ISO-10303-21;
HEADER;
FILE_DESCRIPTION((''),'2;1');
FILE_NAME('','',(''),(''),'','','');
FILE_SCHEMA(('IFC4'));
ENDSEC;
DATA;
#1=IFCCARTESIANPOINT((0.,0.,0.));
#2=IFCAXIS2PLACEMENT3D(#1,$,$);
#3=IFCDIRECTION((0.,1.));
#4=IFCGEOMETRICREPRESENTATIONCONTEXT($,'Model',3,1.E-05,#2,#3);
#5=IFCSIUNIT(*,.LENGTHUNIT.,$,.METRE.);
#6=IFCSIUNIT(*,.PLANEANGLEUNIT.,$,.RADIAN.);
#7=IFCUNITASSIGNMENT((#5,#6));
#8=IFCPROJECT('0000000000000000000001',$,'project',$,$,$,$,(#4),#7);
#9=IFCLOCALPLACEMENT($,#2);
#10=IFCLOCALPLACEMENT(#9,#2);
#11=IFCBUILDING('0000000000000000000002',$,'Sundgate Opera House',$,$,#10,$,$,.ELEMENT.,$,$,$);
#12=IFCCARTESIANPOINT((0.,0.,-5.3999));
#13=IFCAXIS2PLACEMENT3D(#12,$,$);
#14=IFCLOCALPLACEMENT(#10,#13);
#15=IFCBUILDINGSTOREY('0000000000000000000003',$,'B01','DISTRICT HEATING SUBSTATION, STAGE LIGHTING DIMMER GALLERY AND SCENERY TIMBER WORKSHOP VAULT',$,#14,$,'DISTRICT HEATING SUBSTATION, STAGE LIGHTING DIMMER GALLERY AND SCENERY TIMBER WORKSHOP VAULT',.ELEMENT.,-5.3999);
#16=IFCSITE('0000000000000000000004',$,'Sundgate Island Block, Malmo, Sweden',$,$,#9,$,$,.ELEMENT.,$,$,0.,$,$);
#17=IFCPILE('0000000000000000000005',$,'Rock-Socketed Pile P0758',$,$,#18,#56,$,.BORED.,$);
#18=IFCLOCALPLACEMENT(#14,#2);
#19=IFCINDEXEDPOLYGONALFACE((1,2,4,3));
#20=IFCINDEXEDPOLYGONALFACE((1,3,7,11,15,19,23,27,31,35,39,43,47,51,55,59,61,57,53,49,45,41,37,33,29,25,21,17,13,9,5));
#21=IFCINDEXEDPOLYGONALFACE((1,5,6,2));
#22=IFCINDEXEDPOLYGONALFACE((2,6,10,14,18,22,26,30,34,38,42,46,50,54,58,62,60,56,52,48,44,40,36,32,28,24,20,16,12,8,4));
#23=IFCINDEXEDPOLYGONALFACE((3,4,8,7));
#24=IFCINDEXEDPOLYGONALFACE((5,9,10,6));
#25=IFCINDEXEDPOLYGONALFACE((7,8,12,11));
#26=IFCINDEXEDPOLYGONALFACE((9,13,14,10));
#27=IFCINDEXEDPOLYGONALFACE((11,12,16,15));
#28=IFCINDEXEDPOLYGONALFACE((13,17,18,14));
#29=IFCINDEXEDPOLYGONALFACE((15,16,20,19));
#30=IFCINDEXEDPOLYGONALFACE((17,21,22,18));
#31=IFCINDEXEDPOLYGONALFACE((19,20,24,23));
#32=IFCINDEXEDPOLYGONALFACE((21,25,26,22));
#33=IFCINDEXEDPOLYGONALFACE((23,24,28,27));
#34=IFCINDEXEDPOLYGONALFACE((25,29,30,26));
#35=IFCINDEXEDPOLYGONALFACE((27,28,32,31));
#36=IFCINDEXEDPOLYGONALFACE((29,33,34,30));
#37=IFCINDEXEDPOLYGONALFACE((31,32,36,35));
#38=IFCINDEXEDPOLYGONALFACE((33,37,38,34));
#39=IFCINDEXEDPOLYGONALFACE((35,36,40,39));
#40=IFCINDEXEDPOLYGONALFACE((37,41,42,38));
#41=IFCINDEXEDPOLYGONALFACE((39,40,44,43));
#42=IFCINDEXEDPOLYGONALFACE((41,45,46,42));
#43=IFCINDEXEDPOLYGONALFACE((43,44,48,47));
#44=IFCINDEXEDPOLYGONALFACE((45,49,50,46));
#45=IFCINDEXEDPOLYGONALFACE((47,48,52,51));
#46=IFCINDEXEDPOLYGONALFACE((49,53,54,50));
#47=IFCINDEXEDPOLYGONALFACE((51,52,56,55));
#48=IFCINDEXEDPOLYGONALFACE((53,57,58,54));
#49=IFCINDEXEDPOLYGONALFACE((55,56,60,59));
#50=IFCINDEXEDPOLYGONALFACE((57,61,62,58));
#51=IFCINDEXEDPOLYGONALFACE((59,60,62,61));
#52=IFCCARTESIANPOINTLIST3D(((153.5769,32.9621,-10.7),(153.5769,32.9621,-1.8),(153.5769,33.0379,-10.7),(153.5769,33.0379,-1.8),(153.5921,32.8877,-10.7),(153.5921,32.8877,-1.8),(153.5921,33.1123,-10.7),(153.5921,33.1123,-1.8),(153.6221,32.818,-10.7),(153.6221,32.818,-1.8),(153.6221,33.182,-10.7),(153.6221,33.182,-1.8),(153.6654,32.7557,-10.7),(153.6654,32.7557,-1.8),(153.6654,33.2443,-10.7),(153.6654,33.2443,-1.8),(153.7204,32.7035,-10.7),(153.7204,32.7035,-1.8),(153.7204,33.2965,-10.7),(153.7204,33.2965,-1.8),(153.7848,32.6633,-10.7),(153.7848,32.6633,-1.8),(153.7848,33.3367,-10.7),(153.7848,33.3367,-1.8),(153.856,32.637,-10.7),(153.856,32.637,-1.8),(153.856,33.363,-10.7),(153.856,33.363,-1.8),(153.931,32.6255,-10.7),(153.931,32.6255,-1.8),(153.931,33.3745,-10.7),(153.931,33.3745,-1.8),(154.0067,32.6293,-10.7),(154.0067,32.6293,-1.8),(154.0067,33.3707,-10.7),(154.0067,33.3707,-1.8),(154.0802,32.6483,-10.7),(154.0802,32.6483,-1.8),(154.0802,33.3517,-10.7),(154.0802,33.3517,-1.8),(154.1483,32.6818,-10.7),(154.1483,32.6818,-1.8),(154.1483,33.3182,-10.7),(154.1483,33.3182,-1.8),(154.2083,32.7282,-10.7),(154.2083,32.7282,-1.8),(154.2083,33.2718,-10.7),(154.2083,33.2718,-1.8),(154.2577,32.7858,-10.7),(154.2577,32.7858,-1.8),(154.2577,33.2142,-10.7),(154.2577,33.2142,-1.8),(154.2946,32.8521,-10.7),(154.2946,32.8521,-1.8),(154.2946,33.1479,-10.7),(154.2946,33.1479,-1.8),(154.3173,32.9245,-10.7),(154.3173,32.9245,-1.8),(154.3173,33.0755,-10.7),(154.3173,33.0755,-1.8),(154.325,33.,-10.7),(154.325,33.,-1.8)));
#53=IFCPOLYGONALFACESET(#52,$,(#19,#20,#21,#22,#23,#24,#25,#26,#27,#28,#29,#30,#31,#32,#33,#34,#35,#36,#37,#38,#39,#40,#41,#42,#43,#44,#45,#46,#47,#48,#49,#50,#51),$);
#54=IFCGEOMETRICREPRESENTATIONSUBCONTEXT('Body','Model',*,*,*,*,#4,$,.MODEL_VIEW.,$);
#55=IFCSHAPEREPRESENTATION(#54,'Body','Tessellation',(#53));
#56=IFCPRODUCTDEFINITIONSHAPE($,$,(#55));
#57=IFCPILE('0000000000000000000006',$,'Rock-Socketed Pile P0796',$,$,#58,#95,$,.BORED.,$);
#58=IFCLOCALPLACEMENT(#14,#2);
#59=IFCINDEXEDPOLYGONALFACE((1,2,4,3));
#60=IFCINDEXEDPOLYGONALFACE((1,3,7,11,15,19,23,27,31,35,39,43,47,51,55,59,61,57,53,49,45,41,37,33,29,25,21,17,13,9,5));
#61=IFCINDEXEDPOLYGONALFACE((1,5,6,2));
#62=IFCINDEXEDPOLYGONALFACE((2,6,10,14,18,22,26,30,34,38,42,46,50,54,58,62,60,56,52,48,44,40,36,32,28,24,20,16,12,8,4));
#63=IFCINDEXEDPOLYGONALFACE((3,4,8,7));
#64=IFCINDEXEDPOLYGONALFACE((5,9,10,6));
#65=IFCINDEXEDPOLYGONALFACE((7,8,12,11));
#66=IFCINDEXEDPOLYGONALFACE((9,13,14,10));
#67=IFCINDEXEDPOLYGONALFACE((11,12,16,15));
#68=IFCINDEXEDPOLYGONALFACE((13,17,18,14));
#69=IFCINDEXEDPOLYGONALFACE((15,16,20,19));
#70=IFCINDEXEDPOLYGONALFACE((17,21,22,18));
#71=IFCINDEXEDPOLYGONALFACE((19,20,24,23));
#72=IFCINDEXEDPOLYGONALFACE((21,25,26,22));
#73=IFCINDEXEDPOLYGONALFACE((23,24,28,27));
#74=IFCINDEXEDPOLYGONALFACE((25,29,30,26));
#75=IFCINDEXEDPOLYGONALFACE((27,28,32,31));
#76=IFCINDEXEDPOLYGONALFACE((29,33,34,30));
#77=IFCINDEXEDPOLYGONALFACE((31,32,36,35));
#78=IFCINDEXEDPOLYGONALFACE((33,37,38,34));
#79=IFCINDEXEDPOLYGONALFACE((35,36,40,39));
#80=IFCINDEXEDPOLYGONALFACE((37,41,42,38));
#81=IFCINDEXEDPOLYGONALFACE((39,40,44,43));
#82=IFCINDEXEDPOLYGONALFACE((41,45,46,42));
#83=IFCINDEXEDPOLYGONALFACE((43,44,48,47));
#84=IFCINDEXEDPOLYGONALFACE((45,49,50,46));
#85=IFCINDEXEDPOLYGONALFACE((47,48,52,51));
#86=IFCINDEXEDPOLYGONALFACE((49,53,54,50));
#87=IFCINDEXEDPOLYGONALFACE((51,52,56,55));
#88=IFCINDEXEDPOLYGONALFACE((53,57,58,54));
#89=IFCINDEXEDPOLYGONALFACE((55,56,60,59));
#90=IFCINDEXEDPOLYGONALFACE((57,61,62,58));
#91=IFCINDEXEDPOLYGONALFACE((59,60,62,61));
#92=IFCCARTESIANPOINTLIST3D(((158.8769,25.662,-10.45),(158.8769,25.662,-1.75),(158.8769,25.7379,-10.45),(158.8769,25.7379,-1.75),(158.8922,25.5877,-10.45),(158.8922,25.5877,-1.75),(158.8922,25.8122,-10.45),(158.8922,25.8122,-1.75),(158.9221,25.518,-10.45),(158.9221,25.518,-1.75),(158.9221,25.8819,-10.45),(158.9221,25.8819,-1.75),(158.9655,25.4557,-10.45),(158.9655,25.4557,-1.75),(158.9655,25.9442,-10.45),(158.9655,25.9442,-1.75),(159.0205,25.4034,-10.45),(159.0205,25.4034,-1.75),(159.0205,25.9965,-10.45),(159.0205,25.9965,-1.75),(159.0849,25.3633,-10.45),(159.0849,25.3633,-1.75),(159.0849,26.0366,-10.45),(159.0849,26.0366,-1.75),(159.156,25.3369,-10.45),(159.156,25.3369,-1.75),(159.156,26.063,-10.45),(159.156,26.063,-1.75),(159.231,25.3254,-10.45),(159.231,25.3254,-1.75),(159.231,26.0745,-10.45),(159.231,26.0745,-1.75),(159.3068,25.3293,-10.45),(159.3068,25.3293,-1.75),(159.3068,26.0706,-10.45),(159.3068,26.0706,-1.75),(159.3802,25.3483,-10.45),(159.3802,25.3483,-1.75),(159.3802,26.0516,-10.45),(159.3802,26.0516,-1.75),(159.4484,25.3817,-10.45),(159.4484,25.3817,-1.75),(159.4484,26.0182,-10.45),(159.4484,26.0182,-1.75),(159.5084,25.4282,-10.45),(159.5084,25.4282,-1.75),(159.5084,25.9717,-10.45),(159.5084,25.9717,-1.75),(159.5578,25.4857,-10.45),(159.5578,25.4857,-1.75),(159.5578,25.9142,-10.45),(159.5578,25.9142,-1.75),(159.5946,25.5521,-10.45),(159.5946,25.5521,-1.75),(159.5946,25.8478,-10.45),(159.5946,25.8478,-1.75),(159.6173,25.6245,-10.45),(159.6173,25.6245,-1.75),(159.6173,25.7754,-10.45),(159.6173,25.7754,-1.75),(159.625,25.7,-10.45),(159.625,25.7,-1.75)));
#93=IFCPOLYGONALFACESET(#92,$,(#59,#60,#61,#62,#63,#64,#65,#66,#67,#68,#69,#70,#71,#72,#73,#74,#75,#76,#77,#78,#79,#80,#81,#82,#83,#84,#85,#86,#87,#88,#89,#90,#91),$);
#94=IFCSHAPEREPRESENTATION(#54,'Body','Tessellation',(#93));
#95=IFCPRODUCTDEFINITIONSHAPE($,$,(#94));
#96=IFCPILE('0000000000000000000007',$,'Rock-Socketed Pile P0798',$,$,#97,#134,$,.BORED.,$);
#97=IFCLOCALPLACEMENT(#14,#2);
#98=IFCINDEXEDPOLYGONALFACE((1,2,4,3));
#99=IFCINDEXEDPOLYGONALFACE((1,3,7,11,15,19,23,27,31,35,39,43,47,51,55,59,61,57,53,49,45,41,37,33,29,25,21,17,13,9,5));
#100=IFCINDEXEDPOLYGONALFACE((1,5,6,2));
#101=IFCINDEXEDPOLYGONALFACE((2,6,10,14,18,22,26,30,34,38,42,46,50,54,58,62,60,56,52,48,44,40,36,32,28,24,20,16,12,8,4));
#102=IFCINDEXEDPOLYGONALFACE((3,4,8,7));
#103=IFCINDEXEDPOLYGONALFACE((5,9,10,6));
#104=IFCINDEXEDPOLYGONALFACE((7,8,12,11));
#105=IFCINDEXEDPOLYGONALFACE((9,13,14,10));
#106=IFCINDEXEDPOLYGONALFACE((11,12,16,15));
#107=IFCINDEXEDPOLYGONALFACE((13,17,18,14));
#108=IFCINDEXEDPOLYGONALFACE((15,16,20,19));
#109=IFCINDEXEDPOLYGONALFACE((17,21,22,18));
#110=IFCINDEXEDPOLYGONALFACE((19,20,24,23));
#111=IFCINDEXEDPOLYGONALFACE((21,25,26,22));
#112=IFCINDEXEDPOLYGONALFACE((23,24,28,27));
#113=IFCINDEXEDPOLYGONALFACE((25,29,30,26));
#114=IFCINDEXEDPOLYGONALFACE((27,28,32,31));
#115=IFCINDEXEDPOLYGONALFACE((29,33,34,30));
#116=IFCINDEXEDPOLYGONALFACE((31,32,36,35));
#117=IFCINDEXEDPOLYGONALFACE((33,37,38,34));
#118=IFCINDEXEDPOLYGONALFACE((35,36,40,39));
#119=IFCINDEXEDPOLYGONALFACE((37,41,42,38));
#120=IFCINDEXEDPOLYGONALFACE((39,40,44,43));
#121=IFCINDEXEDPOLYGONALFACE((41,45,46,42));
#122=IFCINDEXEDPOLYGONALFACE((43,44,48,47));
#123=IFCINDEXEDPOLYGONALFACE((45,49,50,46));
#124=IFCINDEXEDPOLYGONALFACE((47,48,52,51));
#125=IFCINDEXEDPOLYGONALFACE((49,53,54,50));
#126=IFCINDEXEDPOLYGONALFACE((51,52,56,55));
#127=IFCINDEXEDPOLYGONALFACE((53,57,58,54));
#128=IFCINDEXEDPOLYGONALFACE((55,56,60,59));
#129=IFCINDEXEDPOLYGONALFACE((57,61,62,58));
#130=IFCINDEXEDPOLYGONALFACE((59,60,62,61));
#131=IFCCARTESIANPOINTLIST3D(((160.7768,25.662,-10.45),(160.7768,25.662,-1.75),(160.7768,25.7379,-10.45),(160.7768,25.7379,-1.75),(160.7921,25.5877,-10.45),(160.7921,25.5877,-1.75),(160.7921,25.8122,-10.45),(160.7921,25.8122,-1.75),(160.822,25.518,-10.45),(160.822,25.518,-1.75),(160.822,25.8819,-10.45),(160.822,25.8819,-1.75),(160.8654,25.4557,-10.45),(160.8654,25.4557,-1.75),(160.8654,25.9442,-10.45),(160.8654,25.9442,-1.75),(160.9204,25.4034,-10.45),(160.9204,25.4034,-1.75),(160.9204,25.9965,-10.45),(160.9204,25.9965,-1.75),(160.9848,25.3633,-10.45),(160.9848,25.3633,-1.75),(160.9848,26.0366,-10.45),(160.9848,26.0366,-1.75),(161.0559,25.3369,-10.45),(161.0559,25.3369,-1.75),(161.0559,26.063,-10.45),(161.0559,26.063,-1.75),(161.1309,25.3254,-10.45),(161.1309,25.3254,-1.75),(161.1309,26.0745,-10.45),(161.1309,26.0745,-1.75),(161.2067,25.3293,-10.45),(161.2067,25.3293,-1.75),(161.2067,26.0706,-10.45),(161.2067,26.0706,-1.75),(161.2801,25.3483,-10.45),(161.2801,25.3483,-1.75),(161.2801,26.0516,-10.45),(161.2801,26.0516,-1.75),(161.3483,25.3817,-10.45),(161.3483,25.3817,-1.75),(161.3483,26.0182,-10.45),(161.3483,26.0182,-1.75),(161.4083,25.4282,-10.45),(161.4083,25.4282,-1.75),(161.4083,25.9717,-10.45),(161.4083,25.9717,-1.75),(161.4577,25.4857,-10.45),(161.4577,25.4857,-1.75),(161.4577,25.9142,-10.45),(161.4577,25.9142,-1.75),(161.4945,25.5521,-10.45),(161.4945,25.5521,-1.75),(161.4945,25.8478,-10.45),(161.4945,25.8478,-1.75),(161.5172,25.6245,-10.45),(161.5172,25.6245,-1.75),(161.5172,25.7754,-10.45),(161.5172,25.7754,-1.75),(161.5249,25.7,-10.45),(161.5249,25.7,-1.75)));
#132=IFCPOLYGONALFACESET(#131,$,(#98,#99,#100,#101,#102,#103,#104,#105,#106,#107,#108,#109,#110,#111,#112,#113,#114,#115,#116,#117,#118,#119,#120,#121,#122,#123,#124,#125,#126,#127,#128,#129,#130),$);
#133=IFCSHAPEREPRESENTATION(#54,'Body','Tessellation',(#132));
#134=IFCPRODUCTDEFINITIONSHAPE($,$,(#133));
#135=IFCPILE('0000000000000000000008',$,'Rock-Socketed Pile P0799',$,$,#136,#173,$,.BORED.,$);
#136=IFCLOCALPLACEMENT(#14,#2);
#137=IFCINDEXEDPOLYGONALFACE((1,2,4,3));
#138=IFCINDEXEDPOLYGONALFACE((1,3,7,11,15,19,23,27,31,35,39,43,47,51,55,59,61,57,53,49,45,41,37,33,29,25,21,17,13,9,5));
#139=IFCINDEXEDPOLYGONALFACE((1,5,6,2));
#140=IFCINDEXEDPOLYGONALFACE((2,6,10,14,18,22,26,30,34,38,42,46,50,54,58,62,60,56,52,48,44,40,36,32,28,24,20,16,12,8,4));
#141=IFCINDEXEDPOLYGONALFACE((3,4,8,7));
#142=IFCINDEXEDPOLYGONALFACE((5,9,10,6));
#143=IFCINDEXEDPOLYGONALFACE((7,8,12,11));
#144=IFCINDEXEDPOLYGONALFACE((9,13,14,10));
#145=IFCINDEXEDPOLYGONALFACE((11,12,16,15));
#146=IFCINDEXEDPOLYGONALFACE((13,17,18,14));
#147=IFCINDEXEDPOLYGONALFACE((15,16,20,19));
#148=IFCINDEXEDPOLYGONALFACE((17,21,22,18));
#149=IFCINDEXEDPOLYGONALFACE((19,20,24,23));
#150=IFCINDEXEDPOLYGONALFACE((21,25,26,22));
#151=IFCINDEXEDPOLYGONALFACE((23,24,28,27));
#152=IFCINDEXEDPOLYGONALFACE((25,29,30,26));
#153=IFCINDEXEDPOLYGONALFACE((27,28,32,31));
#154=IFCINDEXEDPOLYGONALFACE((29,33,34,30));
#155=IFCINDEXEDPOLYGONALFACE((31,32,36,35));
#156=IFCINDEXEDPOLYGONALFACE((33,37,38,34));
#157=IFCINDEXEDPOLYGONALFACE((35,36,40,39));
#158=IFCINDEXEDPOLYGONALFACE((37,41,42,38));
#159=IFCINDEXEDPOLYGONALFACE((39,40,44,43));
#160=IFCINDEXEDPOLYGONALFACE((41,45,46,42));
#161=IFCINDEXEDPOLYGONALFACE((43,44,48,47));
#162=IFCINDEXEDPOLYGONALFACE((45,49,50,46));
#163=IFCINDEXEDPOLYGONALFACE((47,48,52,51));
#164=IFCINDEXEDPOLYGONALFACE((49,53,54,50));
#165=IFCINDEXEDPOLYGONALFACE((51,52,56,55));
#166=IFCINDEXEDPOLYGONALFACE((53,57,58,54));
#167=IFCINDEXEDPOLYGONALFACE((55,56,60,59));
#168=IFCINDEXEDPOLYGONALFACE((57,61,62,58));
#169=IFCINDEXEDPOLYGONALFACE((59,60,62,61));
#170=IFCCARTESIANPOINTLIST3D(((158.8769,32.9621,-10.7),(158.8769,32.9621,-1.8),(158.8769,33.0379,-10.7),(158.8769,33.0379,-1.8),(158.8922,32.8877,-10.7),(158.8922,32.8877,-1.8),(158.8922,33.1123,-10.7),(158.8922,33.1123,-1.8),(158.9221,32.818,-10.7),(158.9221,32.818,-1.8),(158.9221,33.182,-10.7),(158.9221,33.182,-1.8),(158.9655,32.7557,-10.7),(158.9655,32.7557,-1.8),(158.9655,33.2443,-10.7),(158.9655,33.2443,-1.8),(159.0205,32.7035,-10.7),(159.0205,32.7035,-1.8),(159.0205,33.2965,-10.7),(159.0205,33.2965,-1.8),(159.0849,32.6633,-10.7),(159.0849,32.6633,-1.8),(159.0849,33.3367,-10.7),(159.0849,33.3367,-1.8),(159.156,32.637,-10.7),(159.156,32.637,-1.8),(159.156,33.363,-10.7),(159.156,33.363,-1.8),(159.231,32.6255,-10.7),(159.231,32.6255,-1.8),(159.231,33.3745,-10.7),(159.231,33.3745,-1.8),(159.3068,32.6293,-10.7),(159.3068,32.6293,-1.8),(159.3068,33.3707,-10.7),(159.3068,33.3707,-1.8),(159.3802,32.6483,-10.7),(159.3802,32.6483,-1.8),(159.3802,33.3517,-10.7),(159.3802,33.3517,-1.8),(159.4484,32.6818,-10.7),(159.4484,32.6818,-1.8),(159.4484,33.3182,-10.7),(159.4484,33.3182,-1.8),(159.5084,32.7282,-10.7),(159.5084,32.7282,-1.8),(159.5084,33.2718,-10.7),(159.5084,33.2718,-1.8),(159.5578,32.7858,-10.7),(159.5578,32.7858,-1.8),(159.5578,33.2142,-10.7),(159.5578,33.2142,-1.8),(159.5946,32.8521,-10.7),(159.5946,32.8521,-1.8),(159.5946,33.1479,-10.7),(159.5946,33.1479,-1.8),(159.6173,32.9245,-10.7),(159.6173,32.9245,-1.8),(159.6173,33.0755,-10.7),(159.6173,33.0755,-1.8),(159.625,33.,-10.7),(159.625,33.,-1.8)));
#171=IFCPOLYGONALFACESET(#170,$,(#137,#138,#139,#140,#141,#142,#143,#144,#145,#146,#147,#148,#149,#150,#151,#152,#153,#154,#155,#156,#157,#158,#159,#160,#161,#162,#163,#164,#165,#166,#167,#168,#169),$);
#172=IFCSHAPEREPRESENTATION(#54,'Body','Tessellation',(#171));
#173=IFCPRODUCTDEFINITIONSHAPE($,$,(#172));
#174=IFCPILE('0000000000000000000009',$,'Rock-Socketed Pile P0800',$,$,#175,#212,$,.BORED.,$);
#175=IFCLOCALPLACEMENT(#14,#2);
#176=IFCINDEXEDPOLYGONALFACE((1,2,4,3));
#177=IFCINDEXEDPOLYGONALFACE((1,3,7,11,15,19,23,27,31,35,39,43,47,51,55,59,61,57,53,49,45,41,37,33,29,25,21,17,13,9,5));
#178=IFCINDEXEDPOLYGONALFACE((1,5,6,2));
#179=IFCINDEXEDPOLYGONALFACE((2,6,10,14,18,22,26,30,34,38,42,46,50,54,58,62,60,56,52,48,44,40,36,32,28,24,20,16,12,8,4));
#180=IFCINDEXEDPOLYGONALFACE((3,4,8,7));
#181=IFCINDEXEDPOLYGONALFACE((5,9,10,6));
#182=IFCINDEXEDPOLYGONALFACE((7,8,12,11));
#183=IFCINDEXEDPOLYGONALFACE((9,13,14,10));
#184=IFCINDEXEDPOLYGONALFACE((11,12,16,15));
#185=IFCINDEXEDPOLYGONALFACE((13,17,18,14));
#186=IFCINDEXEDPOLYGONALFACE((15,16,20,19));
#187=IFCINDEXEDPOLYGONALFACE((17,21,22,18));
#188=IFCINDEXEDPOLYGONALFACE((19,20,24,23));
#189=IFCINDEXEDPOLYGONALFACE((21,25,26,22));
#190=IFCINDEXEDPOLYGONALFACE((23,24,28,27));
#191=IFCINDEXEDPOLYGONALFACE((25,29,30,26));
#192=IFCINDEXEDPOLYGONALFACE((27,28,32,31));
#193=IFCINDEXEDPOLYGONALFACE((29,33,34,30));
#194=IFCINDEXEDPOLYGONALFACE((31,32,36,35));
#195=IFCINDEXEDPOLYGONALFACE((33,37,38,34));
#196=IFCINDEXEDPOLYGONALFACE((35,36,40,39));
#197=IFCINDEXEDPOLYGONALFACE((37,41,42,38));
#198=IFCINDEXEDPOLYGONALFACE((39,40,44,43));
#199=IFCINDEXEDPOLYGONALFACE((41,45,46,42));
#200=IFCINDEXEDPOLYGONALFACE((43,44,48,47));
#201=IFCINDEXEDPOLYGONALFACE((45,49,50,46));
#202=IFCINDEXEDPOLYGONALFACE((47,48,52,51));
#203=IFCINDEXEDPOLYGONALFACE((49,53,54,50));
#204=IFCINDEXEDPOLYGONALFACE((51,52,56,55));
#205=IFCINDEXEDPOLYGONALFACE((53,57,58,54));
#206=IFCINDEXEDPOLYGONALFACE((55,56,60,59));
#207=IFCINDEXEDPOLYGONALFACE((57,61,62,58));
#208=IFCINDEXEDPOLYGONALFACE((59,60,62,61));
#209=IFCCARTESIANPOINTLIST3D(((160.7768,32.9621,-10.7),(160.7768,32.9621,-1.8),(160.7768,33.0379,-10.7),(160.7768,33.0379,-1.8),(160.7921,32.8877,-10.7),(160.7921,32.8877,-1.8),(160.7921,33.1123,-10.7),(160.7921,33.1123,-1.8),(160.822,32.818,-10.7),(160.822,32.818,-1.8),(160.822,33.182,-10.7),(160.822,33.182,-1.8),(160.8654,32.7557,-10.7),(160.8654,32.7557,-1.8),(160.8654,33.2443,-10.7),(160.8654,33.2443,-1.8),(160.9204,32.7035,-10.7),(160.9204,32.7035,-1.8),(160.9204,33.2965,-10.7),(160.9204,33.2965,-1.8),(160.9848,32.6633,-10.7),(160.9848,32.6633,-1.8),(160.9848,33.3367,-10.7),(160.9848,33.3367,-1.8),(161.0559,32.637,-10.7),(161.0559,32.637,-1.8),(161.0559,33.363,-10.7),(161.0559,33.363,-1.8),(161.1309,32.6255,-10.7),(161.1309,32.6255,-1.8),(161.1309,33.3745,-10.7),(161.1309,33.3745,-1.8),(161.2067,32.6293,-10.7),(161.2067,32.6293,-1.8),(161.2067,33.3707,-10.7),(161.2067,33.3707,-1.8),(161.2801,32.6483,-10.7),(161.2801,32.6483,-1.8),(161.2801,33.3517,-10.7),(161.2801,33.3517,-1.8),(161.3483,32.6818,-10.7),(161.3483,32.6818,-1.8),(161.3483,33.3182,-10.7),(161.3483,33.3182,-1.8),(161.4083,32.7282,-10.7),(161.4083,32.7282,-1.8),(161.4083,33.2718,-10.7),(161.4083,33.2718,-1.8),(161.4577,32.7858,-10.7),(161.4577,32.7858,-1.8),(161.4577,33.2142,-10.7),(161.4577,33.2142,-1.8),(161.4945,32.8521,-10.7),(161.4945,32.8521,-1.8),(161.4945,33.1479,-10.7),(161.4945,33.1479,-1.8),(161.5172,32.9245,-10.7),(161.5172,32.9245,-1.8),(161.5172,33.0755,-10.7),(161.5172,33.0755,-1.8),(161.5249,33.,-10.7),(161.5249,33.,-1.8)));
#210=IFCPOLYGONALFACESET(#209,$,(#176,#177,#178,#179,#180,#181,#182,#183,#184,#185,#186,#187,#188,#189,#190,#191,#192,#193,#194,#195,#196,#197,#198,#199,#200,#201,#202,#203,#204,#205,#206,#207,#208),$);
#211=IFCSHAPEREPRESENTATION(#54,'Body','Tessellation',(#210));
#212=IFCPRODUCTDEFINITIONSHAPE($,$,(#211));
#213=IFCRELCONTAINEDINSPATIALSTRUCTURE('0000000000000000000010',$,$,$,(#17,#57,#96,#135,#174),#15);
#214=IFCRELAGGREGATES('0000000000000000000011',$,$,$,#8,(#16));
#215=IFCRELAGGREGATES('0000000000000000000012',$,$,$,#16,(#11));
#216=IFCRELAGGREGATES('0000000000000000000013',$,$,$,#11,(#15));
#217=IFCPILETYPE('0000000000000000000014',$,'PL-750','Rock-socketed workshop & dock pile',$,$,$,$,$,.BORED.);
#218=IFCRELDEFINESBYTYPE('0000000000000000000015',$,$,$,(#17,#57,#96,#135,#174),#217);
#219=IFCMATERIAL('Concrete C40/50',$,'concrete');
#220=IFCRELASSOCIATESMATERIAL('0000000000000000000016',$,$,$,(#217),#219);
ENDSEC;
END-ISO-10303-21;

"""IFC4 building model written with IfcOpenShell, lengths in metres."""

from ifc_helpers import new_model, si_unit, direction, frame, origin, origin_2d, place, context, subcontext, project, spatial, circle, extrude, material, material_profile, profile_set, type_object, element, save


model = new_model("IFC4")

# Units and contexts
model_context = context("Model", 3, precision=1e-05, world=origin(), true_north=direction((0.0, 1.0)))
body_context = subcontext(model_context, "Body", "Model", "MODEL_VIEW")
ifc_project = project(units=[si_unit("LENGTHUNIT", "METRE"), si_unit("PLANEANGLEUNIT", "RADIAN")], contexts=[model_context])

# Site, building, storey
site_placement = place(None, origin())
site = spatial("IfcSite", under=ifc_project, at=site_placement, Name="Sundgate Island Block, Malmo, Sweden", CompositionType="ELEMENT", RefElevation=0.0)
building_placement = place(site_placement, origin())
building = spatial("IfcBuilding", under=site, at=building_placement, Name="Sundgate Opera House", CompositionType="ELEMENT")
storey_placement = place(building_placement, frame((0.0, 0.0, -5.3999)))
storey = spatial("IfcBuildingStorey", under=building, at=storey_placement, Name="B01", Description="DISTRICT HEATING SUBSTATION, STAGE LIGHTING DIMMER GALLERY AND SCENERY TIMBER WORKSHOP VAULT", LongName="DISTRICT HEATING SUBSTATION, STAGE LIGHTING DIMMER GALLERY AND SCENERY TIMBER WORKSHOP VAULT", CompositionType="ELEMENT", Elevation=-5.3999)

# Piles
ifc_material_1 = material(Name="Concrete C40/50", Category="concrete")
ifc_material_profile_1 = material_profile(ifc_material_1, circle(Radius=0.375, at=origin_2d()), Name="PILE D750")
ifc_profile_set_1 = profile_set([ifc_material_profile_1], Name="Concrete C40/50")
pile_type = type_object("IfcPileType", Name="PL-750", Description="Rock-socketed workshop & dock pile", PredefinedType="BORED", material=ifc_profile_set_1)
for number, where, z_axis, x_axis, name in (
    (1, (153.95, 33.0, -1.8), (0.0, 0.0, -1.0), (1.0, 0.0, 0.0), "Rock-Socketed Pile P0758"),
):
    element("IfcPile", number, at=place(storey_placement, frame(where, z_axis=z_axis, x_axis=x_axis)), inside=storey, type_object=pile_type, Name=name, PredefinedType="BORED", context=body_context, shape_type="SweptSolid", body=[
        extrude(circle(Radius=0.375, at=origin_2d()), origin(), (0.0, 0.0, 1.0), 8.8999),
    ])
for number, where, z_axis, x_axis, name in (
    (2, (159.25, 25.7, -1.75), (0.0, 0.0, -1.0), (1.0, 0.0, 0.0), "Rock-Socketed Pile P0796"),
    (3, (161.1499, 25.7, -1.75), (0.0, 0.0, -1.0), (1.0, 0.0, 0.0), "Rock-Socketed Pile P0798"),
):
    element("IfcPile", number, at=place(storey_placement, frame(where, z_axis=z_axis, x_axis=x_axis)), inside=storey, type_object=pile_type, Name=name, PredefinedType="BORED", context=body_context, shape_type="SweptSolid", body=[
        extrude(circle(Radius=0.375, at=origin_2d()), origin(), (0.0, 0.0, 1.0), 8.7),
    ])
for number, where, z_axis, x_axis, name in (
    (4, (159.25, 33.0, -1.8), (0.0, 0.0, -1.0), (1.0, 0.0, 0.0), "Rock-Socketed Pile P0799"),
    (5, (161.1499, 33.0, -1.8), (0.0, 0.0, -1.0), (1.0, 0.0, 0.0), "Rock-Socketed Pile P0800"),
):
    element("IfcPile", number, at=place(storey_placement, frame(where, z_axis=z_axis, x_axis=x_axis)), inside=storey, type_object=pile_type, Name=name, PredefinedType="BORED", context=body_context, shape_type="SweptSolid", body=[
        extrude(circle(Radius=0.375, at=origin_2d()), origin(), (0.0, 0.0, 1.0), 8.8999),
    ])

save(model, "model.ifc")
